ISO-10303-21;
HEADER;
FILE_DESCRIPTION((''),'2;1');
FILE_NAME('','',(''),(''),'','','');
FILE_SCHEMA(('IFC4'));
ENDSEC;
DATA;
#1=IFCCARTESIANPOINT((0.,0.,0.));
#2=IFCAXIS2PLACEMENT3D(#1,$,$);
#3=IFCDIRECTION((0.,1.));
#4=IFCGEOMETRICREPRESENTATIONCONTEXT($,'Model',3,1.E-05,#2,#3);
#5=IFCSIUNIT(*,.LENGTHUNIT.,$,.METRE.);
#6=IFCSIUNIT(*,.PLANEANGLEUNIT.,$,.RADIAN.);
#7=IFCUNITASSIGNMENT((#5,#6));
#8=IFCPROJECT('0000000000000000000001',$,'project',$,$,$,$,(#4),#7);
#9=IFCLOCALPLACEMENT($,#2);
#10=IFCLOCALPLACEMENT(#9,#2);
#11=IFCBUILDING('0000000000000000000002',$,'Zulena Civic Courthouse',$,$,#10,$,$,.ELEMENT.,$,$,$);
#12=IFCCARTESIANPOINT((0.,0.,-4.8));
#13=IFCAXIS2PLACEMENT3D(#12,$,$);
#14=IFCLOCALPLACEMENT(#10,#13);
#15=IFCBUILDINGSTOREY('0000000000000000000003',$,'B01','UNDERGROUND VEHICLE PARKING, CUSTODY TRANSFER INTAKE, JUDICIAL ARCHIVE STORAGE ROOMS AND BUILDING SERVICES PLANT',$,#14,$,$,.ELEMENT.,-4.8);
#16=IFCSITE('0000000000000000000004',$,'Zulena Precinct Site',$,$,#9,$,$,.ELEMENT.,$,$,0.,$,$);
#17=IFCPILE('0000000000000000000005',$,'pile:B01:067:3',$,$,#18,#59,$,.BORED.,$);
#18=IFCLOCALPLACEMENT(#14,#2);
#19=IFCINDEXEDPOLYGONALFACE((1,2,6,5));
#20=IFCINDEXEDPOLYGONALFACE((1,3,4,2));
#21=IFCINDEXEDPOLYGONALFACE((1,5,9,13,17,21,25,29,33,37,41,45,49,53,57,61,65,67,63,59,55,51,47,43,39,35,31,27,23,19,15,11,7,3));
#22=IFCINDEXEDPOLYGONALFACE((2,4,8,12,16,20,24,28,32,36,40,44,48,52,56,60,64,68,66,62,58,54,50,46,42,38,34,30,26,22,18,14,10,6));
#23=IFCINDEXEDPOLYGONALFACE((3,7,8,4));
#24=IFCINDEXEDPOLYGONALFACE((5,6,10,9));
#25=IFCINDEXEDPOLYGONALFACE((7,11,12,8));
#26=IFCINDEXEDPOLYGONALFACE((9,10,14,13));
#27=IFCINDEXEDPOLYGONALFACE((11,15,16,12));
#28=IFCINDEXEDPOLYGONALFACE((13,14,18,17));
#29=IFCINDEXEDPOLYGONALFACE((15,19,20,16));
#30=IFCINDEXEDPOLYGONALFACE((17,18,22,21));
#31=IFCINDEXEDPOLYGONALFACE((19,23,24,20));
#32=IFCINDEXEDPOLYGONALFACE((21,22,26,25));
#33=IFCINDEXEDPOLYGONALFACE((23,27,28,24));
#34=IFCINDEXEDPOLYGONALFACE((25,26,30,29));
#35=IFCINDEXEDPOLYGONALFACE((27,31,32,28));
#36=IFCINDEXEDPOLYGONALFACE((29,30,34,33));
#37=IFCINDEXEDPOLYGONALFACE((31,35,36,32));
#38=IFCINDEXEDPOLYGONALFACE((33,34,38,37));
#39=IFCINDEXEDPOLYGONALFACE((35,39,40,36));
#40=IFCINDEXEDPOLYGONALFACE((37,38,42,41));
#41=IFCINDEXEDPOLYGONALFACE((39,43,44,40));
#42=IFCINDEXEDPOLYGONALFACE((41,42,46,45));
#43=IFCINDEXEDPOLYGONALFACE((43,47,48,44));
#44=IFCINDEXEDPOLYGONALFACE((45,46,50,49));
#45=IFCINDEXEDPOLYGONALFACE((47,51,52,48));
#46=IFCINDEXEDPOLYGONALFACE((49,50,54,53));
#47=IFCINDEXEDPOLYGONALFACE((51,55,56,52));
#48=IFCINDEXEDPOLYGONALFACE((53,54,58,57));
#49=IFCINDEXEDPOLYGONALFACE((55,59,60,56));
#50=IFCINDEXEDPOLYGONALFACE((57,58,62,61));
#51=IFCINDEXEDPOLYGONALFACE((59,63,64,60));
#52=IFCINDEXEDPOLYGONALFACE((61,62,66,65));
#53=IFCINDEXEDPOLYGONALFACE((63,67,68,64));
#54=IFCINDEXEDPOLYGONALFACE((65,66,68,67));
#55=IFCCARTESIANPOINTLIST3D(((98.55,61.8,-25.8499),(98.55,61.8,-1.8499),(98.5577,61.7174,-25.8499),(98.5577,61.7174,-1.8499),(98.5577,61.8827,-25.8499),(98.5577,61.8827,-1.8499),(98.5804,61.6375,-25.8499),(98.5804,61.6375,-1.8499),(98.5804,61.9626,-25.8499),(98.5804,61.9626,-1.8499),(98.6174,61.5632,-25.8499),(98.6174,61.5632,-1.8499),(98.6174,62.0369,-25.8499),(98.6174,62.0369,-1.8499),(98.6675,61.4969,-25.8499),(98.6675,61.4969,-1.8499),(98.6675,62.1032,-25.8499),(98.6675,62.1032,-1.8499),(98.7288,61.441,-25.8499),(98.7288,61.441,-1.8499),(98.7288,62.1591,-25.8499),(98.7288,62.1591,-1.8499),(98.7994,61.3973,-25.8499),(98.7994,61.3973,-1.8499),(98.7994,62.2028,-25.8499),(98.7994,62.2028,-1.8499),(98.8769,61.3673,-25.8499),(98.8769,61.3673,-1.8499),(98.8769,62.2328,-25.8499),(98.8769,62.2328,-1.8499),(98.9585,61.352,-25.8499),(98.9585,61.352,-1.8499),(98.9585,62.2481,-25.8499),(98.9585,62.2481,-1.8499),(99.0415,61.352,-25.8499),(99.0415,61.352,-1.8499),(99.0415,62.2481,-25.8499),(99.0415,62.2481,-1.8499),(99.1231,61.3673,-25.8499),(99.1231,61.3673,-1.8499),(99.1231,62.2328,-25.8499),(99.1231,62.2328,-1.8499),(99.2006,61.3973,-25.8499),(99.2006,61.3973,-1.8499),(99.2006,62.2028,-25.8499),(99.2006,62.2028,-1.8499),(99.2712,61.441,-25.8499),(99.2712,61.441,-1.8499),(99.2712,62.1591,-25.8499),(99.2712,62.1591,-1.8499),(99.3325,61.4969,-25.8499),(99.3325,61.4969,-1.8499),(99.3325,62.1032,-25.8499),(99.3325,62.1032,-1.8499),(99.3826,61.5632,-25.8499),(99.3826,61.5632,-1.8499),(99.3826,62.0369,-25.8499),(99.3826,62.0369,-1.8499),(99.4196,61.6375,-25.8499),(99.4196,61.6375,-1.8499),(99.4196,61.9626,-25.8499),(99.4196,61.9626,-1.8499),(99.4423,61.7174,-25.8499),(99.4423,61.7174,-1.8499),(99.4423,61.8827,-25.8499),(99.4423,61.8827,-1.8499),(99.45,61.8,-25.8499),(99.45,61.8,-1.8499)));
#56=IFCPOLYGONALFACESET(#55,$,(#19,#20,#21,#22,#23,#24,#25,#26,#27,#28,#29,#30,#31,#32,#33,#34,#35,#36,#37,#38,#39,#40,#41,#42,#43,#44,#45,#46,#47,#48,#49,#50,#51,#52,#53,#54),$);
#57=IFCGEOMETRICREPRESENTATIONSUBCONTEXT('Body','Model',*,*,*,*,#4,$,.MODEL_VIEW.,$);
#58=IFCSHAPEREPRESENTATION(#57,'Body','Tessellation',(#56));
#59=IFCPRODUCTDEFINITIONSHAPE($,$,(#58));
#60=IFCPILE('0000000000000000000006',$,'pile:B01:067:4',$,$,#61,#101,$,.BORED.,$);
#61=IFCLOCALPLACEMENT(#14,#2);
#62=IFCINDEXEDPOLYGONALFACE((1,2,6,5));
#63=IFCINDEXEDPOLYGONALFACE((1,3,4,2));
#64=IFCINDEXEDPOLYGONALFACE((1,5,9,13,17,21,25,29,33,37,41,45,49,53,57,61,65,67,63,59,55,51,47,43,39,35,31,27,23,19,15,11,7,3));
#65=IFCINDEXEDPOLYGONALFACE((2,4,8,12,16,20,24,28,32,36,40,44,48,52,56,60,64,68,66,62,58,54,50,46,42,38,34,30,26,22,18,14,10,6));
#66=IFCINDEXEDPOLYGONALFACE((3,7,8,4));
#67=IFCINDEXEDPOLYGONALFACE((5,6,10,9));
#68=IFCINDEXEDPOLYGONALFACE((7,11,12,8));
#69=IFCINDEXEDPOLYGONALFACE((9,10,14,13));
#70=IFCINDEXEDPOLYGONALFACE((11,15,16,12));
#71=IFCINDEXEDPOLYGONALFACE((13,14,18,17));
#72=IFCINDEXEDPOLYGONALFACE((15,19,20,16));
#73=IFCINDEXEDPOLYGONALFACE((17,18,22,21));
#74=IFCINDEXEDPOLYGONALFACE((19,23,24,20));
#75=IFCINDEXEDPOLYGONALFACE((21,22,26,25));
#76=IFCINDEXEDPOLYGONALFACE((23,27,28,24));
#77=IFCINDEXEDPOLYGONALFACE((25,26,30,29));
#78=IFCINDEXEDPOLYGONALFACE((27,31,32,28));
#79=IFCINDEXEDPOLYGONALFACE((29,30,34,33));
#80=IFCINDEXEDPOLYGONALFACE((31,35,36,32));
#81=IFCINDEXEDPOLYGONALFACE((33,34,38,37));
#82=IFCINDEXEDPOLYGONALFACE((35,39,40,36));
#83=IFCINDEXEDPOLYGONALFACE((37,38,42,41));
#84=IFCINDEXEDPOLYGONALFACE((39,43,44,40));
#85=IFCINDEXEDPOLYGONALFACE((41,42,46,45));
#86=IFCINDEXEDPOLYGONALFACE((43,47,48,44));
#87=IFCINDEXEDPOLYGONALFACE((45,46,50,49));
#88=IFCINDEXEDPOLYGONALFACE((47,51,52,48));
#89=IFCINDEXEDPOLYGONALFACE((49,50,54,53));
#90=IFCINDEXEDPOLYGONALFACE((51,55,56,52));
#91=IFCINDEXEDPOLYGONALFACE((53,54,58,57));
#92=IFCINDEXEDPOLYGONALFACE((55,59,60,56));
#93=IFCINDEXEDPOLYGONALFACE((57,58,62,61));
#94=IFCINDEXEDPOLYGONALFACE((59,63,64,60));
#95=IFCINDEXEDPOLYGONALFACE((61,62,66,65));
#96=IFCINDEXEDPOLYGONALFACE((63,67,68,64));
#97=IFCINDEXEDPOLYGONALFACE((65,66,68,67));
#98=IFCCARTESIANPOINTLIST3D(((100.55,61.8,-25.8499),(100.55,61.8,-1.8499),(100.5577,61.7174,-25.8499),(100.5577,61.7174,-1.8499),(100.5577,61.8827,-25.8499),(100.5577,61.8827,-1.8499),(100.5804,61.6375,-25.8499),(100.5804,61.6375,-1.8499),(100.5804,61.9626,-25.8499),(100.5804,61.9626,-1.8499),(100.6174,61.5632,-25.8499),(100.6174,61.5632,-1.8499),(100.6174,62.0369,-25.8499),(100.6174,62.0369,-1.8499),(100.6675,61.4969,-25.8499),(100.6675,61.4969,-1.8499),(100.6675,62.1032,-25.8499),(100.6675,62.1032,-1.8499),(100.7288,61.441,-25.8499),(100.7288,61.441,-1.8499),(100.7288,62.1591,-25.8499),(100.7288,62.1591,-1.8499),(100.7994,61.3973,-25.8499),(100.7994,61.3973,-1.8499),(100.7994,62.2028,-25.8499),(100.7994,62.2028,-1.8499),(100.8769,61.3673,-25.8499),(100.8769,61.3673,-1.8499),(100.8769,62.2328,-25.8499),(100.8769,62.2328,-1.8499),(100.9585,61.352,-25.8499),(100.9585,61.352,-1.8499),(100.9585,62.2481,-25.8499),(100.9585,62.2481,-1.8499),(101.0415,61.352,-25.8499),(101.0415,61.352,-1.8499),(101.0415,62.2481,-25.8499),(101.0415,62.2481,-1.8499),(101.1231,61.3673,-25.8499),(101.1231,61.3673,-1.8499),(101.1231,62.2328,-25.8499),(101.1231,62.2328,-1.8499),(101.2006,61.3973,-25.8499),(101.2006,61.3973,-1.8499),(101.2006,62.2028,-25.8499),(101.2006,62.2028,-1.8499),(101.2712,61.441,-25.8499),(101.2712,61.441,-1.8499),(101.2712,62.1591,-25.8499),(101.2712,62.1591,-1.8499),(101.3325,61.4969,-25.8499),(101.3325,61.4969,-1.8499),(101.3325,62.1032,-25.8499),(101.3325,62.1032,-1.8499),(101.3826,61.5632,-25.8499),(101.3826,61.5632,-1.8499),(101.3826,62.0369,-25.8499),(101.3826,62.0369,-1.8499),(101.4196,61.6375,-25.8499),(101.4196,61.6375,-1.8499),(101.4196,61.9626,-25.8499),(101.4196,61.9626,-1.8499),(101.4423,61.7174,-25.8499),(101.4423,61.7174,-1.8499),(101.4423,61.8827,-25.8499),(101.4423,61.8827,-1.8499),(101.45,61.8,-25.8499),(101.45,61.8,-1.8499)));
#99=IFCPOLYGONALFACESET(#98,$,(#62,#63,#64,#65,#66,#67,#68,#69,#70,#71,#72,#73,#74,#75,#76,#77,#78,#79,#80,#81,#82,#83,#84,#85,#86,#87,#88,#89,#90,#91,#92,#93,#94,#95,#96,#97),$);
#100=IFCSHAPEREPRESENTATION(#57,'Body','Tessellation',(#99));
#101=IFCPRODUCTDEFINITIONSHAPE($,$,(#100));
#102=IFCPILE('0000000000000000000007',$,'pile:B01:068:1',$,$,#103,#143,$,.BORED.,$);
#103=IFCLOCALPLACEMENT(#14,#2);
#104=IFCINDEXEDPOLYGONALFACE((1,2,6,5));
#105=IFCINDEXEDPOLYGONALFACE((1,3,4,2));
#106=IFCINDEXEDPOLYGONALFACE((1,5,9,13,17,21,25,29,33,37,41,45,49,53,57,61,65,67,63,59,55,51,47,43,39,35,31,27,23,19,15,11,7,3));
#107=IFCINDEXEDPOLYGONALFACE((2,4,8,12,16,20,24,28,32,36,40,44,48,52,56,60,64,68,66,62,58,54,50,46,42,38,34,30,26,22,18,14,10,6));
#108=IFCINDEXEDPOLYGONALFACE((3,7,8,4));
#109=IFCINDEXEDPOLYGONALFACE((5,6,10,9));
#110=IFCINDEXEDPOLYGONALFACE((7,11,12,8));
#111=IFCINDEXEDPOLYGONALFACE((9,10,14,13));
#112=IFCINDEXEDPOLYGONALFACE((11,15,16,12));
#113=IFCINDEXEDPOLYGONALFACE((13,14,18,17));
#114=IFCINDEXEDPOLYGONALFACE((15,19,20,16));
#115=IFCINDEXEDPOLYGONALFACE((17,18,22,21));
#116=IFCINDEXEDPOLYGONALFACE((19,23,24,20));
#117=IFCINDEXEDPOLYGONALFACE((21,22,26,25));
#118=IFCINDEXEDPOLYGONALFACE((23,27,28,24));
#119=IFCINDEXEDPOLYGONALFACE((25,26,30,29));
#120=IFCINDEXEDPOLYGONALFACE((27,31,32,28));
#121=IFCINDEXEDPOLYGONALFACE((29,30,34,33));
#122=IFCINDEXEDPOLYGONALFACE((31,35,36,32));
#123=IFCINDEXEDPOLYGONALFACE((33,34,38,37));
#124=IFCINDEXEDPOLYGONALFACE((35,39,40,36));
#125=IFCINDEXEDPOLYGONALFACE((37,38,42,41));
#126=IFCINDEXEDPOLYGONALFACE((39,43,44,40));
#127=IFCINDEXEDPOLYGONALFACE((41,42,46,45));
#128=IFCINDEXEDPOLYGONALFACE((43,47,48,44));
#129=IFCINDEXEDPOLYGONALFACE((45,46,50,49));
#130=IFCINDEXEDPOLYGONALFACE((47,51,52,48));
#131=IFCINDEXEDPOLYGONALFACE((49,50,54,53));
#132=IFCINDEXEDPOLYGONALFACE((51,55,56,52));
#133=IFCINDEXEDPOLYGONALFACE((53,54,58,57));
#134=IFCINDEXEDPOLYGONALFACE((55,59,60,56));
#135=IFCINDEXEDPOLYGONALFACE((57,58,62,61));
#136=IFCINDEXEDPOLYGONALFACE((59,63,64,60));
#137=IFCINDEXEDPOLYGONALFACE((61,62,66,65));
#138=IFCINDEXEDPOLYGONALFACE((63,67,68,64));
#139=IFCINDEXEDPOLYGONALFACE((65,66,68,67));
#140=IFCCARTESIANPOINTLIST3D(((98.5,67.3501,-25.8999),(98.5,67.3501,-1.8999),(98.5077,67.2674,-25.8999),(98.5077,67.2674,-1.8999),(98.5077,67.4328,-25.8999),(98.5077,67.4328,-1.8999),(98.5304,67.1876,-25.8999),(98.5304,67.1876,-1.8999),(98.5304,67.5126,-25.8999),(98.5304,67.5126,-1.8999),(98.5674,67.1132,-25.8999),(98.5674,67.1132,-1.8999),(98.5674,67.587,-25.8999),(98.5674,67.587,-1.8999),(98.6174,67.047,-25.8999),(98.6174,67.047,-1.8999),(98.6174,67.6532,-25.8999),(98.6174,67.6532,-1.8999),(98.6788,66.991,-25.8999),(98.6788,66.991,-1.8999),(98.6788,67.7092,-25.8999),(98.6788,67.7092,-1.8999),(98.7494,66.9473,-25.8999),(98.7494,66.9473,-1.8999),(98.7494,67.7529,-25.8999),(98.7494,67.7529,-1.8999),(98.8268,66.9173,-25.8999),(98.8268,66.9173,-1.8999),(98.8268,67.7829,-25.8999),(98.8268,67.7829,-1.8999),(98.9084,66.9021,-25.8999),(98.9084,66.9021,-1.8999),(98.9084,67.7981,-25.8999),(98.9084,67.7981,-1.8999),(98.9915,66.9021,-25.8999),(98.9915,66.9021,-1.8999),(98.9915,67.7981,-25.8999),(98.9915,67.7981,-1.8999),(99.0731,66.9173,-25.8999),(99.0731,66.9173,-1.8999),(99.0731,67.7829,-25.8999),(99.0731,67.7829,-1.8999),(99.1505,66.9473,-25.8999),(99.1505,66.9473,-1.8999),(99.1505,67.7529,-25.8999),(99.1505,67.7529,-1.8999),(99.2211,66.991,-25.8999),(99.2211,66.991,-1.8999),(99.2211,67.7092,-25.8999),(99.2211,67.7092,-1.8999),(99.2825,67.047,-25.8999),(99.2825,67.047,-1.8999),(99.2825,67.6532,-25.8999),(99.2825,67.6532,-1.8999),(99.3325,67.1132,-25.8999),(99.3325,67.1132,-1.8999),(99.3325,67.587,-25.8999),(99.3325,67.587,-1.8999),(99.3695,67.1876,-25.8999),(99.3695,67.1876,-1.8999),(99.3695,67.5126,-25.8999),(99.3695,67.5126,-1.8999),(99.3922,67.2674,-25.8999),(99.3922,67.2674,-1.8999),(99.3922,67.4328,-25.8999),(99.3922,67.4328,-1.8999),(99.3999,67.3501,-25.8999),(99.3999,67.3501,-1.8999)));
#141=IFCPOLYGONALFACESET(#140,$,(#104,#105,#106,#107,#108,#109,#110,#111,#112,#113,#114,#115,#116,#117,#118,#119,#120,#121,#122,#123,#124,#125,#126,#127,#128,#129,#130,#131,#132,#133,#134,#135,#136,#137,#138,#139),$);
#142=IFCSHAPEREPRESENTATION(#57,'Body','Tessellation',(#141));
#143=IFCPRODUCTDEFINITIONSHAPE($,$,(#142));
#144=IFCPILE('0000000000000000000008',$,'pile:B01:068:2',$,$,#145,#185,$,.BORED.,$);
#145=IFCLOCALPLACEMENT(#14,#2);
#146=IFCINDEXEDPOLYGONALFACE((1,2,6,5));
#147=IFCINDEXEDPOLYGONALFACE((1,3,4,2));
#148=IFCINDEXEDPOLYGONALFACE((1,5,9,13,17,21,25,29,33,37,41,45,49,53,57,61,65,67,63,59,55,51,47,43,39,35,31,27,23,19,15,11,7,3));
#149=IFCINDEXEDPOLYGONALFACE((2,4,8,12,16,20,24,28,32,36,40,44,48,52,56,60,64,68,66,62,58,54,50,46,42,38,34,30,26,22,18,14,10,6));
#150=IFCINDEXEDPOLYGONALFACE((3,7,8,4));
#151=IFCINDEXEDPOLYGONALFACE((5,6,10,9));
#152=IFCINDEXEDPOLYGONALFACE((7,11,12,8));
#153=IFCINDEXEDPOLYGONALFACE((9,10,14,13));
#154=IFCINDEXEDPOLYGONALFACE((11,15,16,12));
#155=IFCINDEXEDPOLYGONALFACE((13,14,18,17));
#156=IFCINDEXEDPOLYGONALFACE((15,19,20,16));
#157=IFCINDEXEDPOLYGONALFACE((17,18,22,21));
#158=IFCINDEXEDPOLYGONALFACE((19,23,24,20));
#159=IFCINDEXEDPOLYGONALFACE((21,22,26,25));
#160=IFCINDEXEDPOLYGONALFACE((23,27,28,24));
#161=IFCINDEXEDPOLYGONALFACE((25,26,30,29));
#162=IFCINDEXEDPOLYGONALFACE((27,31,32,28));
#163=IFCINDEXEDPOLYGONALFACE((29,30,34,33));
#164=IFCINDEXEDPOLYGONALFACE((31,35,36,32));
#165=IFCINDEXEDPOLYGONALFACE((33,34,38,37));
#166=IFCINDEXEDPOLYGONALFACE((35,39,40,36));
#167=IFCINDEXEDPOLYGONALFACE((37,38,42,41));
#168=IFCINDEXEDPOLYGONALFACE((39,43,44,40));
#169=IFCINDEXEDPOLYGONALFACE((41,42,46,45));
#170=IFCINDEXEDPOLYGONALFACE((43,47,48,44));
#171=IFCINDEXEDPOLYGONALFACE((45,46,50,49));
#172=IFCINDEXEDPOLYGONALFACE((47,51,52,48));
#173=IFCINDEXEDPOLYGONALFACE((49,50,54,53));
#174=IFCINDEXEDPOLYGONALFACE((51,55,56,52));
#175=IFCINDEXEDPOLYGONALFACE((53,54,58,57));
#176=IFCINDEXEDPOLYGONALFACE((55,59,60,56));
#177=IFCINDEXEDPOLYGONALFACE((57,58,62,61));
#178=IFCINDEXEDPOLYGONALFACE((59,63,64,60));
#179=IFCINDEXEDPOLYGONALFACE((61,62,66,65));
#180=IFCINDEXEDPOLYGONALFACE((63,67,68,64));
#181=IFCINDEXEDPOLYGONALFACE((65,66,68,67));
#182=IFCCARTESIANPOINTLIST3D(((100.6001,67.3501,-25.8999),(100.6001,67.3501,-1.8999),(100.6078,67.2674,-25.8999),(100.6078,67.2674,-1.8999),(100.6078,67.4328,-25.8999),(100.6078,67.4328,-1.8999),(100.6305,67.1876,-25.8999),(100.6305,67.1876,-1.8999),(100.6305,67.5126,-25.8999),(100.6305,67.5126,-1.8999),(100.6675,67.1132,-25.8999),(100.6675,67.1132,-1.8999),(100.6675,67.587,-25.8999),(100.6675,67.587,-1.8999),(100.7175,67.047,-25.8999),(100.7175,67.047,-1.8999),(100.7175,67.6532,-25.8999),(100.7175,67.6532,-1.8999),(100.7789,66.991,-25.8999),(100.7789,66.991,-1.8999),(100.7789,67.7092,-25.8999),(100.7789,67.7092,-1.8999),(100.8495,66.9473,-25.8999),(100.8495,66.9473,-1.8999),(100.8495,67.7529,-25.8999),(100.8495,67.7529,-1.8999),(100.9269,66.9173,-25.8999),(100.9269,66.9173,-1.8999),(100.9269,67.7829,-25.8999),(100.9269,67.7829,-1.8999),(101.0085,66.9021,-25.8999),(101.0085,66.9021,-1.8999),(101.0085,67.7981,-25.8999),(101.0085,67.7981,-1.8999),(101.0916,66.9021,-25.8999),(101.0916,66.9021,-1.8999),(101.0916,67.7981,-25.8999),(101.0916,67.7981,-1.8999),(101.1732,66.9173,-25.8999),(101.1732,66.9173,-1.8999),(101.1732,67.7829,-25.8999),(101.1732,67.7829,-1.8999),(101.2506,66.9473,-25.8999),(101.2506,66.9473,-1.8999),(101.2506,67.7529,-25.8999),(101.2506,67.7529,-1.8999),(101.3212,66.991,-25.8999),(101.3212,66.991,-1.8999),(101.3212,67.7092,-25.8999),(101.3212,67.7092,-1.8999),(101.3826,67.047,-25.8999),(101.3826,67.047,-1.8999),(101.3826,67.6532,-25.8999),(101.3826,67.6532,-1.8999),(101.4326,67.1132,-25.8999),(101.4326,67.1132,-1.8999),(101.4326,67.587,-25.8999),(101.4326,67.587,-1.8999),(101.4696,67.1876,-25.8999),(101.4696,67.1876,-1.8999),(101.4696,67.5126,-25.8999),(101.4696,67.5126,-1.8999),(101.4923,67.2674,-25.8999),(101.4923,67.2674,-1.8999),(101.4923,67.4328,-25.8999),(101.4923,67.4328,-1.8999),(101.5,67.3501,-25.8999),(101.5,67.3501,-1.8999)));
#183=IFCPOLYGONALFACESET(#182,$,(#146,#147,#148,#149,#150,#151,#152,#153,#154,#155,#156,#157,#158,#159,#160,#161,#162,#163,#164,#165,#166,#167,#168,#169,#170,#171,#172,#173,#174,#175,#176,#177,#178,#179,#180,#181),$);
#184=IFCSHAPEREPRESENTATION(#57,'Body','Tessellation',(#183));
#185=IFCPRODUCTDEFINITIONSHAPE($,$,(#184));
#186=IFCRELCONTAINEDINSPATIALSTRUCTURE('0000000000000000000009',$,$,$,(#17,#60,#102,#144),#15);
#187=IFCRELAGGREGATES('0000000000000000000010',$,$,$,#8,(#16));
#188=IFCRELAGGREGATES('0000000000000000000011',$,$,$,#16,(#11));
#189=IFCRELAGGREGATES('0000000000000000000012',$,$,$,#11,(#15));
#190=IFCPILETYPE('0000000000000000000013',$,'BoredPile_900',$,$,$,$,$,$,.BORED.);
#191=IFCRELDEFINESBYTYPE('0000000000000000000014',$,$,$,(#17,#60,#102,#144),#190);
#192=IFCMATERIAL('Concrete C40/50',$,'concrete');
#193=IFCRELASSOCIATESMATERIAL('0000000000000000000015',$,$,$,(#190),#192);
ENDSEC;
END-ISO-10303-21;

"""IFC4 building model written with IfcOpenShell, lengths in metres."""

from ifc_helpers import new_model, si_unit, direction, frame, origin, origin_2d, place, context, subcontext, project, spatial, circle, extrude, material, material_profile, profile_set, type_object, element, save


model = new_model("IFC4")

# Units and contexts
model_context = context("Model", 3, precision=1e-05, world=origin(), true_north=direction((0.0, 1.0)))
body_context = subcontext(model_context, "Body", "Model", "MODEL_VIEW")
ifc_project = project(units=[si_unit("LENGTHUNIT", "METRE"), si_unit("PLANEANGLEUNIT", "RADIAN")], contexts=[model_context])

# Site, building, storey
site_placement = place(None, origin())
site = spatial("IfcSite", under=ifc_project, at=site_placement, Name="Zulena Precinct Site", CompositionType="ELEMENT", RefElevation=0.0)
building_placement = place(site_placement, origin())
building = spatial("IfcBuilding", under=site, at=building_placement, Name="Zulena Civic Courthouse", CompositionType="ELEMENT")
storey_placement = place(building_placement, frame((0.0, 0.0, -4.8)))
storey = spatial("IfcBuildingStorey", under=building, at=storey_placement, Name="B01", Description="UNDERGROUND VEHICLE PARKING, CUSTODY TRANSFER INTAKE, JUDICIAL ARCHIVE STORAGE ROOMS AND BUILDING SERVICES PLANT", CompositionType="ELEMENT", Elevation=-4.8)

# Piles
ifc_material_1 = material(Name="Concrete C40/50", Category="concrete")
ifc_material_profile_1 = material_profile(ifc_material_1, circle(Radius=0.45, at=origin_2d()), Name="PILE900")
ifc_profile_set_1 = profile_set([ifc_material_profile_1], Name="Concrete C40/50")
pile_type = type_object("IfcPileType", Name="BoredPile_900", PredefinedType="BORED", material=ifc_profile_set_1)
for number, where, z_axis, x_axis, name in (
    (1, (99.0, 61.8, -1.8499), (0.0, 0.0, -1.0), (1.0, 0.0, 0.0), "pile:B01:067:3"),
    (2, (101.0, 61.8, -1.8499), (0.0, 0.0, -1.0), (1.0, 0.0, 0.0), "pile:B01:067:4"),
    (3, (98.95, 67.3501, -1.8999), (0.0, 0.0, -1.0), (1.0, 0.0, 0.0), "pile:B01:068:1"),
    (4, (101.05, 67.3501, -1.8999), (0.0, 0.0, -1.0), (1.0, 0.0, 0.0), "pile:B01:068:2"),
):
    element("IfcPile", number, at=place(storey_placement, frame(where, z_axis=z_axis, x_axis=x_axis)), inside=storey, type_object=pile_type, Name=name, PredefinedType="BORED", context=body_context, shape_type="SweptSolid", body=[
        extrude(circle(Radius=0.45, at=origin_2d()), origin(), (0.0, 0.0, 1.0), 24.0),
    ])

save(model, "model.ifc")
